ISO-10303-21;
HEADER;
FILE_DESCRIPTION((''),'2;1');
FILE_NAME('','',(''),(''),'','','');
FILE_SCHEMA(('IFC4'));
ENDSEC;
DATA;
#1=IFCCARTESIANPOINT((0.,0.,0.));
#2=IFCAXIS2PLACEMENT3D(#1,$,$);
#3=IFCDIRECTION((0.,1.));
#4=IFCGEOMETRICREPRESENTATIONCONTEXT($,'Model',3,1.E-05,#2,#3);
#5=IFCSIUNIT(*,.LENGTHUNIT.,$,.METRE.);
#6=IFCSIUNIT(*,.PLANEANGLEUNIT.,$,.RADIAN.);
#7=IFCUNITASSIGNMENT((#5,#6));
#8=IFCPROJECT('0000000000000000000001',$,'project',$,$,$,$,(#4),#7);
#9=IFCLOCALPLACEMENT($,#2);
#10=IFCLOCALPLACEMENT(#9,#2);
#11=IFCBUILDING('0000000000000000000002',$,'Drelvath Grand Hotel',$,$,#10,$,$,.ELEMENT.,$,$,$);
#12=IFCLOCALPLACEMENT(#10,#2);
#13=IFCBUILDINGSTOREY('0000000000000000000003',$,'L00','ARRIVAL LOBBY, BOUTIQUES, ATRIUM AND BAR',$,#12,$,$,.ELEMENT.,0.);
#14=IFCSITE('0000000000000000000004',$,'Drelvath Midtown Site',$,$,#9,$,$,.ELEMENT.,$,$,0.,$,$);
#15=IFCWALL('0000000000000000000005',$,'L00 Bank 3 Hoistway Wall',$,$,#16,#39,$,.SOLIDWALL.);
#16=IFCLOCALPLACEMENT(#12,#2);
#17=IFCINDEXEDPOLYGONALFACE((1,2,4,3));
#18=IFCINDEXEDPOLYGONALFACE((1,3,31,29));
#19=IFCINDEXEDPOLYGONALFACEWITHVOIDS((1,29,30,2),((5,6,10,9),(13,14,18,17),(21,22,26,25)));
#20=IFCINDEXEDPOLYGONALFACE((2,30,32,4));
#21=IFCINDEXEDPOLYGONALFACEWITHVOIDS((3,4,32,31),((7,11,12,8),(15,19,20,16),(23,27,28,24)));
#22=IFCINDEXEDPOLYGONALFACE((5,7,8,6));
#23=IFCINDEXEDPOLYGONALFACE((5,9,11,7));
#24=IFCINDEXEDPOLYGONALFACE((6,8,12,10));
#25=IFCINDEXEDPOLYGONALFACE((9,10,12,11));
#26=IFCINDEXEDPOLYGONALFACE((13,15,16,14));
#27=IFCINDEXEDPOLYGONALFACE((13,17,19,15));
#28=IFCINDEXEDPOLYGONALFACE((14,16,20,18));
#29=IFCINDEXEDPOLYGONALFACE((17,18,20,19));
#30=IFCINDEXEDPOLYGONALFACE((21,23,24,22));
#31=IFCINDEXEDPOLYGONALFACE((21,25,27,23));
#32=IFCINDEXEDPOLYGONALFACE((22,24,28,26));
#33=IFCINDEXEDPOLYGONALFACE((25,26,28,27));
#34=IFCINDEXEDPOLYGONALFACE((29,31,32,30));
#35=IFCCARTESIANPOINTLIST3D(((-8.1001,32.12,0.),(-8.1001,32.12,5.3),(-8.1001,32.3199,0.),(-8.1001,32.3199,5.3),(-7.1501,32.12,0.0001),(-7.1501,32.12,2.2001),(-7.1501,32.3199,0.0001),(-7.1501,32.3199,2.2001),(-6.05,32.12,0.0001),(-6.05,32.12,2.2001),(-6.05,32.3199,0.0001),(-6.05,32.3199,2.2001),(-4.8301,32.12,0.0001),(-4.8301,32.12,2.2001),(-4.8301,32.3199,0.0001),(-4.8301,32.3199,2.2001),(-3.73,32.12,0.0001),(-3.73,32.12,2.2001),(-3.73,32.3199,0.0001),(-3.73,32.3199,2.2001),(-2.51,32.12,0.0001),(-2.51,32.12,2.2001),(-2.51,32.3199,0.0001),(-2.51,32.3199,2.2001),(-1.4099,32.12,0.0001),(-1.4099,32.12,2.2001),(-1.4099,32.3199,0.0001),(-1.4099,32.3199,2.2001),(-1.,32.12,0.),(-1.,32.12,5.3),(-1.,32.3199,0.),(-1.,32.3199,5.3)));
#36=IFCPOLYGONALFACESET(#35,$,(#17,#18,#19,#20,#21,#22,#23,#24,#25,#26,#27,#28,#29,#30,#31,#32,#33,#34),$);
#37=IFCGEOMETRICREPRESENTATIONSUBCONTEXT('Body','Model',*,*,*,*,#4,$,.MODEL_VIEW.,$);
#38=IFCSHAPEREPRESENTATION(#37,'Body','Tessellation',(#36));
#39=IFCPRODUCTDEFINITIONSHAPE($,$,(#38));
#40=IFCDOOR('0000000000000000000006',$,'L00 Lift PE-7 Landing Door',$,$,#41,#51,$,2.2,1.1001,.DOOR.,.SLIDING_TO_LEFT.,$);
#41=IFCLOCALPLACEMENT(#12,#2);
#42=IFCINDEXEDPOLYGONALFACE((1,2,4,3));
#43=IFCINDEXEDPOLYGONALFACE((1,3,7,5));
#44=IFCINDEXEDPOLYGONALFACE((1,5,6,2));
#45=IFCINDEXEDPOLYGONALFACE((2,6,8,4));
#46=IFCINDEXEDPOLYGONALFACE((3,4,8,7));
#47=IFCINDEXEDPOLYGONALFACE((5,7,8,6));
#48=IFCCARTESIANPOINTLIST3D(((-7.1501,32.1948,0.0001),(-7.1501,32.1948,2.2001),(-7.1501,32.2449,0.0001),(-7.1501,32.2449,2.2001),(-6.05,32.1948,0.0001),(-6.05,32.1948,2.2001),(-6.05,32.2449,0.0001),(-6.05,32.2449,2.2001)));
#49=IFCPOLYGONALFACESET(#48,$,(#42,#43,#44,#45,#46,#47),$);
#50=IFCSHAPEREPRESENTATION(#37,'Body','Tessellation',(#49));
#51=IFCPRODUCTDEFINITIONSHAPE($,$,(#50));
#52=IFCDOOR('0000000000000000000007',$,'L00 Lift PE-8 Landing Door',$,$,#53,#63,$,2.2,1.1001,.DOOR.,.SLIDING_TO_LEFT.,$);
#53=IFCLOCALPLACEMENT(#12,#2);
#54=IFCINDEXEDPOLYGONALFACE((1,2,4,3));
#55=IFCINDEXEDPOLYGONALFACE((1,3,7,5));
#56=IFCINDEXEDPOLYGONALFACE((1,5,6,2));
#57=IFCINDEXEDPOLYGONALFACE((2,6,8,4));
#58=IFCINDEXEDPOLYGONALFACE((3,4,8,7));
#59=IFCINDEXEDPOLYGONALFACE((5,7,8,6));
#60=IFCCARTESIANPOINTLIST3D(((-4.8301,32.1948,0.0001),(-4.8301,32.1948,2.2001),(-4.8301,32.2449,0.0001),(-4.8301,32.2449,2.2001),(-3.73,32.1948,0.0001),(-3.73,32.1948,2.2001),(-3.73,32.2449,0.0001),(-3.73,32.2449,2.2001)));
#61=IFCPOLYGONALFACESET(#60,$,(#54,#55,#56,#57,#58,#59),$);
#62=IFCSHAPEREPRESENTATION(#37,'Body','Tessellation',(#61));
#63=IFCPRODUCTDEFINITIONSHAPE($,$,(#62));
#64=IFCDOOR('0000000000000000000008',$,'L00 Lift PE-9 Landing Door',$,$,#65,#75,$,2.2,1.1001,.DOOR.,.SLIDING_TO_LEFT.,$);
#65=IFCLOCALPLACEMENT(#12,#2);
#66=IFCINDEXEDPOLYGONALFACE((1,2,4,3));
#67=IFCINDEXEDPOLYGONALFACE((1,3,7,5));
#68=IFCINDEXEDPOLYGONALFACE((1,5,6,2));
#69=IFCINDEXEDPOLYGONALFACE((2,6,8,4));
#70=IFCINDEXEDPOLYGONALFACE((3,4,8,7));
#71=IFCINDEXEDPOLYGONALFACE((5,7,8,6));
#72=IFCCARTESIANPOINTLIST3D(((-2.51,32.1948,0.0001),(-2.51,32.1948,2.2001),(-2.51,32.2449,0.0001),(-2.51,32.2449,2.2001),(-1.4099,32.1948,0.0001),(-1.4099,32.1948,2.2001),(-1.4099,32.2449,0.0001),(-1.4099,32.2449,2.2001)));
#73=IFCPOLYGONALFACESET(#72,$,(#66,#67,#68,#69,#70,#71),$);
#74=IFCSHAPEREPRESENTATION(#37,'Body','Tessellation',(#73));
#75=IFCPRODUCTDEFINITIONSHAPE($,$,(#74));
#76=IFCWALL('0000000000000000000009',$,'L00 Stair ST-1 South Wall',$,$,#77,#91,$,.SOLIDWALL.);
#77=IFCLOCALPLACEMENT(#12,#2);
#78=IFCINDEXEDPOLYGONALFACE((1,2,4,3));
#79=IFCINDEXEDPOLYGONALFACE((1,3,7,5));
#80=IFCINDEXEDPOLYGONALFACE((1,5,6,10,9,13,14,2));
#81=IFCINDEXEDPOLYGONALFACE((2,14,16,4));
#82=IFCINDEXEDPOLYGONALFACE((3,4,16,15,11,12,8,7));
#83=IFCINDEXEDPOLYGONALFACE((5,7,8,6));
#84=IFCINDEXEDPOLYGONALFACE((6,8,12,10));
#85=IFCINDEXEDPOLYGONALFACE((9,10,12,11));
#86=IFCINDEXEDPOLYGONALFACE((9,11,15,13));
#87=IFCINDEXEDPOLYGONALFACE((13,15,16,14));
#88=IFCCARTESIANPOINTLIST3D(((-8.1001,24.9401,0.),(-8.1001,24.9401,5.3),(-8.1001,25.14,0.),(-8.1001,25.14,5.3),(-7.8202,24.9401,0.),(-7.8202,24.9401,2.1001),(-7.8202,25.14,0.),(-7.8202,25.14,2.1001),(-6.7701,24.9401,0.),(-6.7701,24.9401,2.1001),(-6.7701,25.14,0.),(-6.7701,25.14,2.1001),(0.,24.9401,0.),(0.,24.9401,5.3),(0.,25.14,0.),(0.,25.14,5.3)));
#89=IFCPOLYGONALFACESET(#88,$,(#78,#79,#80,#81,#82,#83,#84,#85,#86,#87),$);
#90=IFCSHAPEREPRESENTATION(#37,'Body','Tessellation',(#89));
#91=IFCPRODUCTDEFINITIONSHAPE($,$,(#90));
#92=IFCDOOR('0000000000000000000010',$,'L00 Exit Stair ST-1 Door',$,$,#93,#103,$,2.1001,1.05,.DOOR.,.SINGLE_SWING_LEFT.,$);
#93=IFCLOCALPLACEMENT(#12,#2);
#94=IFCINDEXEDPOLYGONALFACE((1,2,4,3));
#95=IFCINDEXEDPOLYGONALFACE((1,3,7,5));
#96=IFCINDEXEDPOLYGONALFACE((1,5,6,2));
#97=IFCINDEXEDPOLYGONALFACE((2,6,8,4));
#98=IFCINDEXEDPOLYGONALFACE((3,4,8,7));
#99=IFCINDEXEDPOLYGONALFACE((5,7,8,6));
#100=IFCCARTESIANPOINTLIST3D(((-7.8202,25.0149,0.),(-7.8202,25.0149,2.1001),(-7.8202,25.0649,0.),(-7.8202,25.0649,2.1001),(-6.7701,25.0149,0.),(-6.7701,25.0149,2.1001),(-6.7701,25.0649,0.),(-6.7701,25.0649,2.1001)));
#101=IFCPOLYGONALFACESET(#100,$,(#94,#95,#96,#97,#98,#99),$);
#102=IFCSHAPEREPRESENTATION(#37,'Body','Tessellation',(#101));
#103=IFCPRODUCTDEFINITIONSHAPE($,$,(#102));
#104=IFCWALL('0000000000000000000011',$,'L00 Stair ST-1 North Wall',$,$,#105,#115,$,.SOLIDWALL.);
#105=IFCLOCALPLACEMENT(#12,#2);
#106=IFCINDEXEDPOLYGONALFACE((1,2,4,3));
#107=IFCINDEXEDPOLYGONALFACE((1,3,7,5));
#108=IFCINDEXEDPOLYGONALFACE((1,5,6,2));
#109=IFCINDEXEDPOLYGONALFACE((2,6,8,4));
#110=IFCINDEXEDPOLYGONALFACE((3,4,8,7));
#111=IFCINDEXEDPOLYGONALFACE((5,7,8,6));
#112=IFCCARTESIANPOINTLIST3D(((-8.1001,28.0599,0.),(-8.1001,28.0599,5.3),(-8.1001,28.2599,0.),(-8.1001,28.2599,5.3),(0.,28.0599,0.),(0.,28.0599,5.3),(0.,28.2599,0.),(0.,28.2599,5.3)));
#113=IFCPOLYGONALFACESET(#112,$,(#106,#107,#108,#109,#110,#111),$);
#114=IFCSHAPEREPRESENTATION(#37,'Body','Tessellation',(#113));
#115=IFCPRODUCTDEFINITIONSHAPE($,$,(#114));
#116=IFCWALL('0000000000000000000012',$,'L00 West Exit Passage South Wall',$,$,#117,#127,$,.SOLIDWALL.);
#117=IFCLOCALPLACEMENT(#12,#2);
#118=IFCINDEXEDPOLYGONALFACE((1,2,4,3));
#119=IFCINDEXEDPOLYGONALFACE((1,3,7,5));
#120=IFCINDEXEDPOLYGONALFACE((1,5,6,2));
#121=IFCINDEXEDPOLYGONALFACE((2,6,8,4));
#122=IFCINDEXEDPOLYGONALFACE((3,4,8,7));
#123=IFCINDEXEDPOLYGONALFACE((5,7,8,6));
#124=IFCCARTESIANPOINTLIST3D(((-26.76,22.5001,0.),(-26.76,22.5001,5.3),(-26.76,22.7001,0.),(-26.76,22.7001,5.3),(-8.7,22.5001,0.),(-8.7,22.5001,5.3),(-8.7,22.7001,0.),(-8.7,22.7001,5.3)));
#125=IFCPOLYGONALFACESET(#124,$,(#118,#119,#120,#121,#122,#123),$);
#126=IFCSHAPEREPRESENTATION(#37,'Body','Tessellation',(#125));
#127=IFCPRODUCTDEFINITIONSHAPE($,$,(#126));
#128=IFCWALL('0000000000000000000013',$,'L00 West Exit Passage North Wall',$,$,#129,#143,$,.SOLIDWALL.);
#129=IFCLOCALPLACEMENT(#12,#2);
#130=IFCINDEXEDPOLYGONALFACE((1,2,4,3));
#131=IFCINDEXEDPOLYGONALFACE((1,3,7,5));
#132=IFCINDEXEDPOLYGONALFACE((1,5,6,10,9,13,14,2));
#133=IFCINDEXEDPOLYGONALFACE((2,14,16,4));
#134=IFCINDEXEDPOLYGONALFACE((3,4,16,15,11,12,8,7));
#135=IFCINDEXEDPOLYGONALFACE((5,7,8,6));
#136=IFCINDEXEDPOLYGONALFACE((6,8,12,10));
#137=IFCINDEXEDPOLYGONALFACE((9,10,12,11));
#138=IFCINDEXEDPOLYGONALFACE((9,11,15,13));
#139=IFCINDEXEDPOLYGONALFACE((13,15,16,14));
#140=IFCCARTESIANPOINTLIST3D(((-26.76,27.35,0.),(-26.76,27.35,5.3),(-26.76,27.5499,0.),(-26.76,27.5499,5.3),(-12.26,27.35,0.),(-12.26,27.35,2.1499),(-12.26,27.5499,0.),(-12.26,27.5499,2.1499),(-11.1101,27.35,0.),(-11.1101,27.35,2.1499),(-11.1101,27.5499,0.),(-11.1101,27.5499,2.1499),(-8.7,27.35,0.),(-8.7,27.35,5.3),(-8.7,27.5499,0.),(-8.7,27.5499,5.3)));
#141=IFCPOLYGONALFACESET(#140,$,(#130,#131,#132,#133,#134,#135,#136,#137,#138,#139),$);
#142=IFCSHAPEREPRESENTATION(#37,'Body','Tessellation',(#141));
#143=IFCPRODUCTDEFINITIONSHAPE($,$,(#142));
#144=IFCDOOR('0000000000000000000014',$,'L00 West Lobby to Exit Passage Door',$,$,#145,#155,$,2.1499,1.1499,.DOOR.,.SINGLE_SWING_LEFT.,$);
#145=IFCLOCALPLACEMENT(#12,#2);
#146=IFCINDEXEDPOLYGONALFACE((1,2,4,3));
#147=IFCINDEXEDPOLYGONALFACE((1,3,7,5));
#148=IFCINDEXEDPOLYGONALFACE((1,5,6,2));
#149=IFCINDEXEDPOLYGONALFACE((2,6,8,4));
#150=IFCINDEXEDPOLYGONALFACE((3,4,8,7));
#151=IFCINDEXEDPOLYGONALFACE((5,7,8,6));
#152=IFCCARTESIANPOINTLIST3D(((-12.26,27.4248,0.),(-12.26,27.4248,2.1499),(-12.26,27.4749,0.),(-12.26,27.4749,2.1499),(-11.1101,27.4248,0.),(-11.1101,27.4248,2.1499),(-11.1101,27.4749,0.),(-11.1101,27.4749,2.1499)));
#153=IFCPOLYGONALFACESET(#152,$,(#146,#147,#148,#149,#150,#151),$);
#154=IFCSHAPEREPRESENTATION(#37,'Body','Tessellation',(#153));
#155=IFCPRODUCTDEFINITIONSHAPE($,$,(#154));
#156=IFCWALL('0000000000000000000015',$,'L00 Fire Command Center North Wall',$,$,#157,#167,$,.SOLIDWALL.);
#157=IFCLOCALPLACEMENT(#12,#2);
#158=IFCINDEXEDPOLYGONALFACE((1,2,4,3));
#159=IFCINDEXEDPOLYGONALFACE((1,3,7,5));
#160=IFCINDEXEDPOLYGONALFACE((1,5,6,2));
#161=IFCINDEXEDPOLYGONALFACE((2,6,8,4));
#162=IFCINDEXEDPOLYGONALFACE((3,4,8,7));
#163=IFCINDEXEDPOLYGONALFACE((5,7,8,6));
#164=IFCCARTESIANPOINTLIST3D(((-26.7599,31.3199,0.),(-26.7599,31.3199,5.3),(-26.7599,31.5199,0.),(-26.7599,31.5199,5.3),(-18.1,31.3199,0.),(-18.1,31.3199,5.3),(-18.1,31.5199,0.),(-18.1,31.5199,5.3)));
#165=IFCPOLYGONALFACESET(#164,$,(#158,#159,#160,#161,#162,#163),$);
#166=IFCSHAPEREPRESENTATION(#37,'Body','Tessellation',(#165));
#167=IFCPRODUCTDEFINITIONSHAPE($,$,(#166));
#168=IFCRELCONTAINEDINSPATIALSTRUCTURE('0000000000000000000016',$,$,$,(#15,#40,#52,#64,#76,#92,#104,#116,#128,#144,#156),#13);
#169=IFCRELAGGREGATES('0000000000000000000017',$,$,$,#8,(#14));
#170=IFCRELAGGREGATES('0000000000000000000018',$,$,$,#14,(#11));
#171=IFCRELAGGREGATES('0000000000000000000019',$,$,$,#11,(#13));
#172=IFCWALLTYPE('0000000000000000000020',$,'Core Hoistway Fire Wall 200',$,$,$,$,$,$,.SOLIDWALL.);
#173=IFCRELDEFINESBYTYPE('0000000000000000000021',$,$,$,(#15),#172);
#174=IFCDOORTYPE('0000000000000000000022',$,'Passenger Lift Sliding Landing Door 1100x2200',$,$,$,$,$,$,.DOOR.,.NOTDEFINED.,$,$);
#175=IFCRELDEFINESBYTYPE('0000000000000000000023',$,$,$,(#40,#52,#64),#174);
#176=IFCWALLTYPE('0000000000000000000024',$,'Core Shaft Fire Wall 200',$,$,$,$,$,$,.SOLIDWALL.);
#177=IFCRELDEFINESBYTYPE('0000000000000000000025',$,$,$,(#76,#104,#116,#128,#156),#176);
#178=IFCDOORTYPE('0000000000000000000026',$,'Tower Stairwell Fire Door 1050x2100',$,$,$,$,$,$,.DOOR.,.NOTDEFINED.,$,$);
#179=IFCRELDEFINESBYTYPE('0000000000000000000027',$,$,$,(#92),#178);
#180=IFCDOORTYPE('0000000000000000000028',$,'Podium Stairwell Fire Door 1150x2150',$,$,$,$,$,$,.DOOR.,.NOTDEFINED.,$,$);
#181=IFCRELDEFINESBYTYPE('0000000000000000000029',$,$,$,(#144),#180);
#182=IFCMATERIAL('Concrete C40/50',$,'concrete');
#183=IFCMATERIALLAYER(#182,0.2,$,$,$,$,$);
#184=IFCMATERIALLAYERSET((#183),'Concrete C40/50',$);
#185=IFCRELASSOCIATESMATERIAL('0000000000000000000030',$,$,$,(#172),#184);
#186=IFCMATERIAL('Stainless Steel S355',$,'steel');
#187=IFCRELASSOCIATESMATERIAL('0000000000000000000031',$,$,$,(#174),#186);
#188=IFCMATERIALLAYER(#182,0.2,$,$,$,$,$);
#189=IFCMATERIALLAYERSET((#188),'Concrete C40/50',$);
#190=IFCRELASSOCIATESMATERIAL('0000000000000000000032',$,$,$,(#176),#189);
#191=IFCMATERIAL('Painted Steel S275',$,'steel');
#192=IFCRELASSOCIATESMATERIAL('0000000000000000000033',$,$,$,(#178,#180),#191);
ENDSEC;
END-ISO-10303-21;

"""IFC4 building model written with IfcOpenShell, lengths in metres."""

from ifc_helpers import new_model, si_unit, direction, frame, frame_2d, origin, place, context, subcontext, project, spatial, rectangle, extrude, material, layer, layer_set, type_object, element, fill, save


model = new_model("IFC4")

# Units and contexts
model_context = context("Model", 3, precision=1e-05, world=origin(), true_north=direction((0.0, 1.0)))
body_context = subcontext(model_context, "Body", "Model", "MODEL_VIEW")
ifc_project = project(units=[si_unit("LENGTHUNIT", "METRE"), si_unit("PLANEANGLEUNIT", "RADIAN")], contexts=[model_context])

# Site, building, storey
site_placement = place(None, origin())
site = spatial("IfcSite", under=ifc_project, at=site_placement, Name="Drelvath Midtown Site", CompositionType="ELEMENT", RefElevation=0.0)
building_placement = place(site_placement, origin())
building = spatial("IfcBuilding", under=site, at=building_placement, Name="Drelvath Grand Hotel", CompositionType="ELEMENT")
storey_placement = place(building_placement, origin())
storey = spatial("IfcBuildingStorey", under=building, at=storey_placement, Name="L00", Description="ARRIVAL LOBBY, BOUTIQUES, ATRIUM AND BAR", CompositionType="ELEMENT", Elevation=0.0)

# Wall, openings, doors
ifc_material_1 = material(Name="Painted Steel S275", Category="steel")
ifc_material_2 = material(Name="Concrete C40/50", Category="concrete")
ifc_layer_1 = layer(ifc_material_2, 0.2)
ifc_layer_set_1 = layer_set([ifc_layer_1], Name="Concrete C40/50")
wall_type_1 = type_object("IfcWallType", Name="Core Hoistway Fire Wall 200", PredefinedType="SOLIDWALL", material=ifc_layer_set_1)
wall_1_placement = place(storey_placement, frame((-8.1001, 32.22, 0.0), z_axis=(0.0, 0.0, 1.0), x_axis=(1.0, 0.0, 0.0)))
wall_1 = element("IfcWall", 1, at=wall_1_placement, inside=storey, type_object=wall_type_1, Name="L00 Bank 3 Hoistway Wall", PredefinedType="SOLIDWALL", context=body_context, shape_type="SweptSolid", body=[
    extrude(rectangle(XDim=7.1001, YDim=0.2, at=frame_2d((3.55, 0.0))), origin(), (0.0, 0.0, 1.0), 5.3),
])
opening_1_placement = place(wall_1_placement, frame((0.95, 0.0, 0.0)))
opening_1 = element("IfcOpeningElement", 2, at=opening_1_placement, cuts=wall_1, PredefinedType="OPENING", context=body_context, shape_type="SweptSolid", body=[
    extrude(rectangle(XDim=1.1001, YDim=2.2, at=frame_2d((0.55, 1.1001))), frame((0.0, 0.1099, 0.0), z_axis=(0.0, -1.0, 0.0), x_axis=(1.0, 0.0, 0.0)), (0.0, 0.0, 1.0), 0.22),
])
opening_2_placement = place(wall_1_placement, frame((3.27, 0.0, 0.0)))
opening_2 = element("IfcOpeningElement", 3, at=opening_2_placement, cuts=wall_1, PredefinedType="OPENING", context=body_context, shape_type="SweptSolid", body=[
    extrude(rectangle(XDim=1.1001, YDim=2.2, at=frame_2d((0.55, 1.1001))), frame((0.0, 0.1099, 0.0), z_axis=(0.0, -1.0, 0.0), x_axis=(1.0, 0.0, 0.0)), (0.0, 0.0, 1.0), 0.22),
])
opening_3_placement = place(wall_1_placement, frame((5.5901, 0.0, 0.0)))
opening_3 = element("IfcOpeningElement", 4, at=opening_3_placement, cuts=wall_1, PredefinedType="OPENING", context=body_context, shape_type="SweptSolid", body=[
    extrude(rectangle(XDim=1.1001, YDim=2.2, at=frame_2d((0.55, 1.1001))), frame((0.0, 0.1099, 0.0), z_axis=(0.0, -1.0, 0.0), x_axis=(1.0, 0.0, 0.0)), (0.0, 0.0, 1.0), 0.22),
])
ifc_material_3 = material(Name="Stainless Steel S355", Category="steel")
door_type_1 = type_object("IfcDoorType", Name="Passenger Lift Sliding Landing Door 1100x2200", OperationType="NOTDEFINED", PredefinedType="DOOR", material=ifc_material_3)
door_1_placement = place(opening_1_placement, origin())
door_1 = element("IfcDoor", 5, at=door_1_placement, inside=storey, type_object=door_type_1, Name="L00 Lift PE-7 Landing Door", OperationType="SLIDING_TO_LEFT", OverallHeight=2.2, OverallWidth=1.1001, PredefinedType="DOOR", context=body_context, shape_type="SweptSolid", body=[
    extrude(rectangle(XDim=1.1001, YDim=2.2, at=frame_2d((0.55, 1.1001))), frame((0.0, 0.0249, 0.0), z_axis=(0.0, -1.0, 0.0), x_axis=(1.0, 0.0, 0.0)), (0.0, 0.0, 1.0), 0.05),
])
fill(opening_1, door_1)
door_2_placement = place(opening_2_placement, origin())
door_2 = element("IfcDoor", 6, at=door_2_placement, inside=storey, type_object=door_type_1, Name="L00 Lift PE-8 Landing Door", OperationType="SLIDING_TO_LEFT", OverallHeight=2.2, OverallWidth=1.1001, PredefinedType="DOOR", context=body_context, shape_type="SweptSolid", body=[
    extrude(rectangle(XDim=1.1001, YDim=2.2, at=frame_2d((0.55, 1.1001))), frame((0.0, 0.0249, 0.0), z_axis=(0.0, -1.0, 0.0), x_axis=(1.0, 0.0, 0.0)), (0.0, 0.0, 1.0), 0.05),
])
fill(opening_2, door_2)
door_3_placement = place(opening_3_placement, origin())
door_3 = element("IfcDoor", 7, at=door_3_placement, inside=storey, type_object=door_type_1, Name="L00 Lift PE-9 Landing Door", OperationType="SLIDING_TO_LEFT", OverallHeight=2.2, OverallWidth=1.1001, PredefinedType="DOOR", context=body_context, shape_type="SweptSolid", body=[
    extrude(rectangle(XDim=1.1001, YDim=2.2, at=frame_2d((0.55, 1.1001))), frame((0.0, 0.0249, 0.0), z_axis=(0.0, -1.0, 0.0), x_axis=(1.0, 0.0, 0.0)), (0.0, 0.0, 1.0), 0.05),
])
fill(opening_3, door_3)

# Wall, opening, door
ifc_layer_2 = layer(ifc_material_2, 0.2)
ifc_layer_set_2 = layer_set([ifc_layer_2], Name="Concrete C40/50")
wall_type_2 = type_object("IfcWallType", Name="Core Shaft Fire Wall 200", PredefinedType="SOLIDWALL", material=ifc_layer_set_2)
wall_2_placement = place(storey_placement, frame((-8.1001, 25.04, 0.0), z_axis=(0.0, 0.0, 1.0), x_axis=(1.0, 0.0, 0.0)))
wall_2 = element("IfcWall", 8, at=wall_2_placement, inside=storey, type_object=wall_type_2, Name="L00 Stair ST-1 South Wall", PredefinedType="SOLIDWALL", context=body_context, shape_type="SweptSolid", body=[
    extrude(rectangle(XDim=8.1001, YDim=0.2, at=frame_2d((4.05, 0.0))), origin(), (0.0, 0.0, 1.0), 5.3),
])
opening_4_placement = place(wall_2_placement, frame((0.28, 0.0, 0.0)))
opening_4 = element("IfcOpeningElement", 9, at=opening_4_placement, cuts=wall_2, PredefinedType="OPENING", context=body_context, shape_type="SweptSolid", body=[
    extrude(rectangle(XDim=1.05, YDim=2.1001, at=frame_2d((0.5249, 1.05))), frame((0.0, 0.1099, 0.0), z_axis=(0.0, -1.0, 0.0), x_axis=(1.0, 0.0, 0.0)), (0.0, 0.0, 1.0), 0.22),
])
door_type_2 = type_object("IfcDoorType", Name="Tower Stairwell Fire Door 1050x2100", OperationType="NOTDEFINED", PredefinedType="DOOR", material=ifc_material_1)
door_4_placement = place(opening_4_placement, origin())
door_4 = element("IfcDoor", 10, at=door_4_placement, inside=storey, type_object=door_type_2, Name="L00 Exit Stair ST-1 Door", OperationType="SINGLE_SWING_LEFT", OverallHeight=2.1001, OverallWidth=1.05, PredefinedType="DOOR", context=body_context, shape_type="SweptSolid", body=[
    extrude(rectangle(XDim=1.05, YDim=2.1001, at=frame_2d((0.5249, 1.05))), frame((0.0, 0.0249, 0.0), z_axis=(0.0, -1.0, 0.0), x_axis=(1.0, 0.0, 0.0)), (0.0, 0.0, 1.0), 0.05),
])
fill(opening_4, door_4)

# Walls
wall_3_placement = place(storey_placement, frame((-8.1001, 28.1599, 0.0), z_axis=(0.0, 0.0, 1.0), x_axis=(1.0, 0.0, 0.0)))
element("IfcWall", 11, at=wall_3_placement, inside=storey, type_object=wall_type_2, Name="L00 Stair ST-1 North Wall", PredefinedType="SOLIDWALL", context=body_context, shape_type="SweptSolid", body=[
    extrude(rectangle(XDim=8.1001, YDim=0.2, at=frame_2d((4.05, 0.0))), origin(), (0.0, 0.0, 1.0), 5.3),
])
wall_4_placement = place(storey_placement, frame((-26.76, 22.6001, 0.0), z_axis=(0.0, 0.0, 1.0), x_axis=(1.0, 0.0, 0.0)))
element("IfcWall", 12, at=wall_4_placement, inside=storey, type_object=wall_type_2, Name="L00 West Exit Passage South Wall", PredefinedType="SOLIDWALL", context=body_context, shape_type="SweptSolid", body=[
    extrude(rectangle(XDim=18.0601, YDim=0.2, at=frame_2d((9.03, 0.0))), origin(), (0.0, 0.0, 1.0), 5.3),
])

# Wall, opening, door
wall_5_placement = place(storey_placement, frame((-26.76, 27.45, 0.0), z_axis=(0.0, 0.0, 1.0), x_axis=(1.0, 0.0, 0.0)))
wall_5 = element("IfcWall", 13, at=wall_5_placement, inside=storey, type_object=wall_type_2, Name="L00 West Exit Passage North Wall", PredefinedType="SOLIDWALL", context=body_context, shape_type="SweptSolid", body=[
    extrude(rectangle(XDim=18.0601, YDim=0.2, at=frame_2d((9.03, 0.0))), origin(), (0.0, 0.0, 1.0), 5.3),
])
opening_5_placement = place(wall_5_placement, frame((14.5, 0.0, 0.0)))
opening_5 = element("IfcOpeningElement", 14, at=opening_5_placement, cuts=wall_5, PredefinedType="OPENING", context=body_context, shape_type="SweptSolid", body=[
    extrude(rectangle(XDim=1.1499, YDim=2.1499, at=frame_2d((0.575, 1.075))), frame((0.0, 0.1099, 0.0), z_axis=(0.0, -1.0, 0.0), x_axis=(1.0, 0.0, 0.0)), (0.0, 0.0, 1.0), 0.22),
])
door_type_3 = type_object("IfcDoorType", Name="Podium Stairwell Fire Door 1150x2150", OperationType="NOTDEFINED", PredefinedType="DOOR", material=ifc_material_1)
door_5_placement = place(opening_5_placement, origin())
door_5 = element("IfcDoor", 15, at=door_5_placement, inside=storey, type_object=door_type_3, Name="L00 West Lobby to Exit Passage Door", OperationType="SINGLE_SWING_LEFT", OverallHeight=2.1499, OverallWidth=1.1499, PredefinedType="DOOR", context=body_context, shape_type="SweptSolid", body=[
    extrude(rectangle(XDim=1.1499, YDim=2.1499, at=frame_2d((0.575, 1.075))), frame((0.0, 0.0249, 0.0), z_axis=(0.0, -1.0, 0.0), x_axis=(1.0, 0.0, 0.0)), (0.0, 0.0, 1.0), 0.05),
])
fill(opening_5, door_5)

# Wall
wall_6_placement = place(storey_placement, frame((-26.76, 31.4199, 0.0), z_axis=(0.0, 0.0, 1.0), x_axis=(1.0, 0.0, 0.0)))
element("IfcWall", 16, at=wall_6_placement, inside=storey, type_object=wall_type_2, Name="L00 Fire Command Center North Wall", PredefinedType="SOLIDWALL", context=body_context, shape_type="SweptSolid", body=[
    extrude(rectangle(XDim=8.6599, YDim=0.2, at=frame_2d((4.3301, 0.0))), origin(), (0.0, 0.0, 1.0), 5.3),
])

save(model, "model.ifc")
